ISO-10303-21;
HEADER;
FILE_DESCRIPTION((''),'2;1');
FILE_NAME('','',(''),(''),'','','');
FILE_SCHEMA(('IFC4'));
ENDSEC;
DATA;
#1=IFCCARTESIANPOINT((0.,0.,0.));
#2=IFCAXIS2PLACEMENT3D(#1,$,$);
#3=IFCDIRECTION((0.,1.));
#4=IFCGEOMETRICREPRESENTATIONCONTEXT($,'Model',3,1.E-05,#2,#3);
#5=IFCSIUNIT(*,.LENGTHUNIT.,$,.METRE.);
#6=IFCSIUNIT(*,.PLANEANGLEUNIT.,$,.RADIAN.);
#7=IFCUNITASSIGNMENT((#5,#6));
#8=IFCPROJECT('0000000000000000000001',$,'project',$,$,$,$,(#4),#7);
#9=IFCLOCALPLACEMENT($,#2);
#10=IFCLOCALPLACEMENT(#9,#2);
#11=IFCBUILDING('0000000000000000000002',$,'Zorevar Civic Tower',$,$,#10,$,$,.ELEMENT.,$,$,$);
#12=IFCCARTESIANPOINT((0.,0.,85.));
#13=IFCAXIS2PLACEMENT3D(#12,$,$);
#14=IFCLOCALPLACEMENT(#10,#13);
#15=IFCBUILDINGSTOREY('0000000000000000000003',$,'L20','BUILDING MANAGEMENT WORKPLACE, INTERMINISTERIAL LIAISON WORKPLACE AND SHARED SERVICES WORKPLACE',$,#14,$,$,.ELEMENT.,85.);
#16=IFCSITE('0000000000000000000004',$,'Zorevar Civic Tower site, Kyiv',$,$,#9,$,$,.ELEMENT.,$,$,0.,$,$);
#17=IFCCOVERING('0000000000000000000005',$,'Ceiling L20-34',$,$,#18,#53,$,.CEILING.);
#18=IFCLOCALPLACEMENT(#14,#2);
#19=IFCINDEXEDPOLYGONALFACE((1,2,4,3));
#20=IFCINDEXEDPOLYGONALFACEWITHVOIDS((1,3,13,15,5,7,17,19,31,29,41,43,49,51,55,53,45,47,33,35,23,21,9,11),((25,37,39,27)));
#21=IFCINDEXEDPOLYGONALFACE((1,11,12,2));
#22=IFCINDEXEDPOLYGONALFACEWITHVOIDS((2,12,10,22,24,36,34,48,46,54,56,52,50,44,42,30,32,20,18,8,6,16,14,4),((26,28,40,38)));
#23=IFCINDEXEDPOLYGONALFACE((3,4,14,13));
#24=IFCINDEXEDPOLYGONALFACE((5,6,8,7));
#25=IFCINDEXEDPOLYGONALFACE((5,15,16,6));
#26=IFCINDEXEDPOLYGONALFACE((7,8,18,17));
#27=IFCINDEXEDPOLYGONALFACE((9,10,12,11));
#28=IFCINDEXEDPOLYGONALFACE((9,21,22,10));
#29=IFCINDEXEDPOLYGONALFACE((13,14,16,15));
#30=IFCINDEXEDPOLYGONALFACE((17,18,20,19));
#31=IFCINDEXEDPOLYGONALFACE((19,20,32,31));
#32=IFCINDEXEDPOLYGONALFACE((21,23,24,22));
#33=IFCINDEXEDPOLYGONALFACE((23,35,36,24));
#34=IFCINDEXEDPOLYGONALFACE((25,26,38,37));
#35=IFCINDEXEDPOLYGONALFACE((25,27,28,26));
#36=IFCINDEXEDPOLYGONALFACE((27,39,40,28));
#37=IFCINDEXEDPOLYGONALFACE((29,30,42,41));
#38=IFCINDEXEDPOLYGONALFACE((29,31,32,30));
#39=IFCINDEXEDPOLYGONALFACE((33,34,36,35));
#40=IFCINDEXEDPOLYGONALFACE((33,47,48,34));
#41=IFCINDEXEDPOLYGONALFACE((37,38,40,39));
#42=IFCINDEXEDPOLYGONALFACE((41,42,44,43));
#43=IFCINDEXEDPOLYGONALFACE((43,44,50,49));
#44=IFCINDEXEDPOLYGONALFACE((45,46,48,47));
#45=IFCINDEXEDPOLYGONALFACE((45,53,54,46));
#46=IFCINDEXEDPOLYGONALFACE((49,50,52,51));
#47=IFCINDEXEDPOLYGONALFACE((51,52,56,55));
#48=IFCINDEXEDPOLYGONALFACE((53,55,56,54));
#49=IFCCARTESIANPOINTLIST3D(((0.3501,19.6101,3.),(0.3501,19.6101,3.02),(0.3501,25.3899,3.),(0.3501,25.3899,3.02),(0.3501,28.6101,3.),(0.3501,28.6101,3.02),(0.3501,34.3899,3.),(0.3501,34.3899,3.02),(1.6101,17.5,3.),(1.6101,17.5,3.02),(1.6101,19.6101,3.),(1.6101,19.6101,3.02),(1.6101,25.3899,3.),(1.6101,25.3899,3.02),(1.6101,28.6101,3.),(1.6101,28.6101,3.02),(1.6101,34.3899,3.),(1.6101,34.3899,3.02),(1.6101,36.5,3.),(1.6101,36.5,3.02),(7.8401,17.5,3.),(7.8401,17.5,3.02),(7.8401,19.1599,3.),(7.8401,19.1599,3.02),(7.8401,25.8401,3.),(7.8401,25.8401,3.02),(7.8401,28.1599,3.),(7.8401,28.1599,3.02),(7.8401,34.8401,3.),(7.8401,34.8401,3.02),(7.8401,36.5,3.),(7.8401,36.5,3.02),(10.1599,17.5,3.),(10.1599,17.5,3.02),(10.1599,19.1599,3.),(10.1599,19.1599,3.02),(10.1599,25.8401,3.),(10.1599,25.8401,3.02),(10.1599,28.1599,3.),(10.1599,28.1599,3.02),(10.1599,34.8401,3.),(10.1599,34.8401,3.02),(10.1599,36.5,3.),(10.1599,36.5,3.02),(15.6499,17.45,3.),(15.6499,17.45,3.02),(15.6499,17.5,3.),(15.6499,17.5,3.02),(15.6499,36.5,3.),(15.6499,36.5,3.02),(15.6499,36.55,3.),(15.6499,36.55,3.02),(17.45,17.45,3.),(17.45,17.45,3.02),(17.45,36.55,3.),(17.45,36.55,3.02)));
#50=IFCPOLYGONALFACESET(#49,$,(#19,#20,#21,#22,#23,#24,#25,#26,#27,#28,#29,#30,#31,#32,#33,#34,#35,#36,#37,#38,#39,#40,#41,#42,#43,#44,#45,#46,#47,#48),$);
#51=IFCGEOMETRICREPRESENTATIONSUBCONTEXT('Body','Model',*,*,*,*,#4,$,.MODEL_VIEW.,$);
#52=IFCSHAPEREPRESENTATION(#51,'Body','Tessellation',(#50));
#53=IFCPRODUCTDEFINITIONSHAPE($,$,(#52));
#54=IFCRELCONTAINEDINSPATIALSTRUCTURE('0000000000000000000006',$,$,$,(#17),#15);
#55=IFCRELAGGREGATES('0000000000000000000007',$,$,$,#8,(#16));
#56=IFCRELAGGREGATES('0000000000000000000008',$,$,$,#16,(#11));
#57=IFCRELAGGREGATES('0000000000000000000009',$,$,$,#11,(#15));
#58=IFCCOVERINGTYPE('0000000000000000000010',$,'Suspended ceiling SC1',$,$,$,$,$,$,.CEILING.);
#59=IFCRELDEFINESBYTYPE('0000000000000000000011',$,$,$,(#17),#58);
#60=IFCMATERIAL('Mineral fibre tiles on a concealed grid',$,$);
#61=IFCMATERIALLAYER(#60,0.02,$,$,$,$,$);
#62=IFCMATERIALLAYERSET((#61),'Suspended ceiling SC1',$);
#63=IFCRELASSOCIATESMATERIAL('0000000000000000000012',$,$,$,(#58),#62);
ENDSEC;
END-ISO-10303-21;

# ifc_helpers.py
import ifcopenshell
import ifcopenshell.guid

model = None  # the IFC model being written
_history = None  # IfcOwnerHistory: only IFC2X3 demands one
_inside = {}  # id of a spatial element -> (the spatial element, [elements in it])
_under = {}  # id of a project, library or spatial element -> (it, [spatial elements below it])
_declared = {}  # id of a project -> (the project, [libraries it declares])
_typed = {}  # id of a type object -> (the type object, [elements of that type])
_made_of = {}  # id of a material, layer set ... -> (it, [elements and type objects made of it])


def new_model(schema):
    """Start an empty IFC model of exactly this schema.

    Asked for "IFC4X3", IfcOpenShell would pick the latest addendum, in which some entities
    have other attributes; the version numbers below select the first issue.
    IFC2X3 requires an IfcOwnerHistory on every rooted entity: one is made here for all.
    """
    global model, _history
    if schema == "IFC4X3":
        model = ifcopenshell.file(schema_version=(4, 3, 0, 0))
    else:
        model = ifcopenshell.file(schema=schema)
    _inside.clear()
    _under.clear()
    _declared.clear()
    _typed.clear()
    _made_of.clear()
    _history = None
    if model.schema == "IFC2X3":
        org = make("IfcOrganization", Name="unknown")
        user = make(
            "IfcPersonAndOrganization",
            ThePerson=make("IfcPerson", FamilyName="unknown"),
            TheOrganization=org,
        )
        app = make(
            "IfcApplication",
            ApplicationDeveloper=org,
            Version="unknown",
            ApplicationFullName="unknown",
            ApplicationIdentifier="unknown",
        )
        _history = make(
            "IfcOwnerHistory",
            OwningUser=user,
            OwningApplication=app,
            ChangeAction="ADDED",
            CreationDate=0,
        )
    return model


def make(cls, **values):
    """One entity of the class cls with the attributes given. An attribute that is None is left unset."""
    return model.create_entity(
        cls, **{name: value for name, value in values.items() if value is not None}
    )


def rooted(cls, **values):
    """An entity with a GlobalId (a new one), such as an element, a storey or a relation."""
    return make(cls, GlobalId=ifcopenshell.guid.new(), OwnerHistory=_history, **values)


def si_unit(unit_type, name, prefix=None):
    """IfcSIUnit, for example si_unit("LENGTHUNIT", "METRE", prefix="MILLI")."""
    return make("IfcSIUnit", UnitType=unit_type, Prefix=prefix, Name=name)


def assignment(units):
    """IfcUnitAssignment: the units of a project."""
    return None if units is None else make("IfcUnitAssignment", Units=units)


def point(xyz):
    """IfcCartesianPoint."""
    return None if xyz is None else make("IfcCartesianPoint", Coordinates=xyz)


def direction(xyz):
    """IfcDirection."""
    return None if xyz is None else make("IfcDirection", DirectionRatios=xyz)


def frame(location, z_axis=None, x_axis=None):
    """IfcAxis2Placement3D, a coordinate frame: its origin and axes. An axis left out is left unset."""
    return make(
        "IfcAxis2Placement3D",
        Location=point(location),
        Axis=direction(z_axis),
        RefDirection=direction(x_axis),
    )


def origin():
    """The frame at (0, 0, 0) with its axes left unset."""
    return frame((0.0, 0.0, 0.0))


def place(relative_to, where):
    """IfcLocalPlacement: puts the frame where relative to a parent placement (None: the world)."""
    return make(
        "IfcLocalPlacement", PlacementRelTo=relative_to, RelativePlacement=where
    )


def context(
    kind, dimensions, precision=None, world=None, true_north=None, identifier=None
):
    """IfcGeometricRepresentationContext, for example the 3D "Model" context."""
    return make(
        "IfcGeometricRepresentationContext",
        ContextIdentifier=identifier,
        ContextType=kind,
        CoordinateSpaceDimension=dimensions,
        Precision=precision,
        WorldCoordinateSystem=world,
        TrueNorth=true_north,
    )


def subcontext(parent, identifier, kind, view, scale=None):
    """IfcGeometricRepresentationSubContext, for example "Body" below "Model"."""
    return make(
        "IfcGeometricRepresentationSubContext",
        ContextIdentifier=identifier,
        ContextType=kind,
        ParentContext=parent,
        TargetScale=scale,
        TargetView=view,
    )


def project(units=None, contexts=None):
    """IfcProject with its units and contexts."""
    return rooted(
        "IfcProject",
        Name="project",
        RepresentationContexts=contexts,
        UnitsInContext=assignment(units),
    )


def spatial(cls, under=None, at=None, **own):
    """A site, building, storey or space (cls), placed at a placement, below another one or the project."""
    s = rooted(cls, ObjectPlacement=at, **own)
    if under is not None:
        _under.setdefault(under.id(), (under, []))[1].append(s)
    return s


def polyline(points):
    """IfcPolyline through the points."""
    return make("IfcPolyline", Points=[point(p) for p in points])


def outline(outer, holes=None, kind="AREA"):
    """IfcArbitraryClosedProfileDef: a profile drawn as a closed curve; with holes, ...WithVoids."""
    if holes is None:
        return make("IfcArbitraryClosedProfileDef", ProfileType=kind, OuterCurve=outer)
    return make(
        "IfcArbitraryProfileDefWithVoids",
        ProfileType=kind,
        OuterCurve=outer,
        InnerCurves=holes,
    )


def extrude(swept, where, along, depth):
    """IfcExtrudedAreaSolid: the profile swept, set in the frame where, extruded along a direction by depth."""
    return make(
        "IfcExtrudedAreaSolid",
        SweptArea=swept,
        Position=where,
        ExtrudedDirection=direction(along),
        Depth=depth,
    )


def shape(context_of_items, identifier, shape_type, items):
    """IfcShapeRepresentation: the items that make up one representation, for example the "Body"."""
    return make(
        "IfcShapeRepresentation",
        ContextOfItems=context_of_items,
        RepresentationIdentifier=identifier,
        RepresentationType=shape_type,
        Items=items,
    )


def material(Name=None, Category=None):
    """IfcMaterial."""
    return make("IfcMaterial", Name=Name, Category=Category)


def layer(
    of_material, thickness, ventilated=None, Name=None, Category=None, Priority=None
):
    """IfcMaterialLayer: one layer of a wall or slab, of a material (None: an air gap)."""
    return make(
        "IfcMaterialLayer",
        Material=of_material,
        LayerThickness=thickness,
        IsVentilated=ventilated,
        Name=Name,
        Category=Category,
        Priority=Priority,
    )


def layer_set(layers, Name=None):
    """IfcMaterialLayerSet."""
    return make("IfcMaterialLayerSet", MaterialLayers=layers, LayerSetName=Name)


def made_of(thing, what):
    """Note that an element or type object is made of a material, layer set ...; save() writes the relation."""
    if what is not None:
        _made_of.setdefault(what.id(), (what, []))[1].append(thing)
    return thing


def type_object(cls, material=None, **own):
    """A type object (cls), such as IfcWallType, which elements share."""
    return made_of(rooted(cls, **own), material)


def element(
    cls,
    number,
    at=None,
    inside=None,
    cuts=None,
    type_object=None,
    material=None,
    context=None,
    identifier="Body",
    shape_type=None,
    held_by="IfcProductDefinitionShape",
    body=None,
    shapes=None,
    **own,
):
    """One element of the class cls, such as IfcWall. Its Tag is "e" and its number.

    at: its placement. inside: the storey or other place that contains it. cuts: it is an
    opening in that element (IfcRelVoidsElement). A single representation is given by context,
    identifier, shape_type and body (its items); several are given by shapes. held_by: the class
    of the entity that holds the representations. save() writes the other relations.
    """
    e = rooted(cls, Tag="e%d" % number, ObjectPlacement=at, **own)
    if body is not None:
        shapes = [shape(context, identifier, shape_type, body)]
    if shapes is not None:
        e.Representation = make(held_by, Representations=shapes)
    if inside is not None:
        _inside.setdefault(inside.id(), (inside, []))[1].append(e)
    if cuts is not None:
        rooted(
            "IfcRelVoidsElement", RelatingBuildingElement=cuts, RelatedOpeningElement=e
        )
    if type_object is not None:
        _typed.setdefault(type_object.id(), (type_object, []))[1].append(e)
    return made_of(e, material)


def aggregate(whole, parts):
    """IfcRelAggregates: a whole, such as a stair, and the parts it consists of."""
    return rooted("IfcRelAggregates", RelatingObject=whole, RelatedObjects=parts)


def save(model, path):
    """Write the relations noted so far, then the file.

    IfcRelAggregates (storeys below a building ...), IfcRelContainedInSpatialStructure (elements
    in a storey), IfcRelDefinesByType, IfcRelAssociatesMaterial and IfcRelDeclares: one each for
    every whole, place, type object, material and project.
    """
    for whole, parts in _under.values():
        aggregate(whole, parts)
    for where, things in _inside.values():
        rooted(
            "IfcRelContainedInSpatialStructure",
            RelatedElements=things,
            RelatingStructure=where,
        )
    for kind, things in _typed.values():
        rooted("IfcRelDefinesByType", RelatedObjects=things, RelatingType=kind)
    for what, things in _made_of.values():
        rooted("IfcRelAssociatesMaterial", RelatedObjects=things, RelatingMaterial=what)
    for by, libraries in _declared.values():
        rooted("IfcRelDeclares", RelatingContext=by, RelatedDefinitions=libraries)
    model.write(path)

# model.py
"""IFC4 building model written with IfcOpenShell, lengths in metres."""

from ifc_helpers import new_model, si_unit, direction, frame, origin, place, context, subcontext, project, spatial, polyline, outline, extrude, material, layer, layer_set, type_object, element, save


model = new_model("IFC4")

# Units and contexts
model_context = context("Model", 3, precision=1e-05, world=origin(), true_north=direction((0.0, 1.0)))
body_context = subcontext(model_context, "Body", "Model", "MODEL_VIEW")
ifc_project = project(units=[si_unit("LENGTHUNIT", "METRE"), si_unit("PLANEANGLEUNIT", "RADIAN")], contexts=[model_context])

# Site, building, storey
site_placement = place(None, origin())
site = spatial("IfcSite", under=ifc_project, at=site_placement, Name="Zorevar Civic Tower site, Kyiv", CompositionType="ELEMENT", RefElevation=0.0)
building_placement = place(site_placement, origin())
building = spatial("IfcBuilding", under=site, at=building_placement, Name="Zorevar Civic Tower", CompositionType="ELEMENT")
storey_placement = place(building_placement, frame((0.0, 0.0, 85.0)))
storey = spatial("IfcBuildingStorey", under=building, at=storey_placement, Name="L20", Description="BUILDING MANAGEMENT WORKPLACE, INTERMINISTERIAL LIAISON WORKPLACE AND SHARED SERVICES WORKPLACE", CompositionType="ELEMENT", Elevation=85.0)

# Covering
ifc_material_1 = material(Name="Mineral fibre tiles on a concealed grid")
ifc_layer_1 = layer(ifc_material_1, 0.02)
ifc_layer_set_1 = layer_set([ifc_layer_1], Name="Suspended ceiling SC1")
covering_type_1 = type_object("IfcCoveringType", Name="Suspended ceiling SC1", PredefinedType="CEILING", material=ifc_layer_set_1)
covering_1_placement = place(storey_placement, frame((0.0, 0.0, 3.0)))
element("IfcCovering", 1, at=covering_1_placement, inside=storey, type_object=covering_type_1, Name="Ceiling L20-34", PredefinedType="CEILING", context=body_context, shape_type="SweptSolid", body=[
    extrude(outline(polyline([(0.3501, 19.6101), (0.3501, 25.3899), (1.6101, 25.3899), (1.6101, 28.6101), (0.3501, 28.6101), (0.3501, 34.3899), (1.6101, 34.3899), (1.6101, 36.5), (7.8401, 36.5), (7.8401, 34.8401), (10.1599, 34.8401), (10.1599, 36.5), (15.6499, 36.5), (15.6499, 36.55), (17.45, 36.55), (17.45, 17.45), (15.6499, 17.45), (15.6499, 17.5), (10.1599, 17.5), (10.1599, 19.1599), (7.8401, 19.1599), (7.8401, 17.5), (1.6101, 17.5), (1.6101, 19.6101), (0.3501, 19.6101)]), holes=[polyline([(7.8401, 28.1599), (7.8401, 25.8401), (10.1599, 25.8401), (10.1599, 28.1599), (7.8401, 28.1599)])]), origin(), (0.0, 0.0, 1.0), 0.02),
])

save(model, "model.ifc")
